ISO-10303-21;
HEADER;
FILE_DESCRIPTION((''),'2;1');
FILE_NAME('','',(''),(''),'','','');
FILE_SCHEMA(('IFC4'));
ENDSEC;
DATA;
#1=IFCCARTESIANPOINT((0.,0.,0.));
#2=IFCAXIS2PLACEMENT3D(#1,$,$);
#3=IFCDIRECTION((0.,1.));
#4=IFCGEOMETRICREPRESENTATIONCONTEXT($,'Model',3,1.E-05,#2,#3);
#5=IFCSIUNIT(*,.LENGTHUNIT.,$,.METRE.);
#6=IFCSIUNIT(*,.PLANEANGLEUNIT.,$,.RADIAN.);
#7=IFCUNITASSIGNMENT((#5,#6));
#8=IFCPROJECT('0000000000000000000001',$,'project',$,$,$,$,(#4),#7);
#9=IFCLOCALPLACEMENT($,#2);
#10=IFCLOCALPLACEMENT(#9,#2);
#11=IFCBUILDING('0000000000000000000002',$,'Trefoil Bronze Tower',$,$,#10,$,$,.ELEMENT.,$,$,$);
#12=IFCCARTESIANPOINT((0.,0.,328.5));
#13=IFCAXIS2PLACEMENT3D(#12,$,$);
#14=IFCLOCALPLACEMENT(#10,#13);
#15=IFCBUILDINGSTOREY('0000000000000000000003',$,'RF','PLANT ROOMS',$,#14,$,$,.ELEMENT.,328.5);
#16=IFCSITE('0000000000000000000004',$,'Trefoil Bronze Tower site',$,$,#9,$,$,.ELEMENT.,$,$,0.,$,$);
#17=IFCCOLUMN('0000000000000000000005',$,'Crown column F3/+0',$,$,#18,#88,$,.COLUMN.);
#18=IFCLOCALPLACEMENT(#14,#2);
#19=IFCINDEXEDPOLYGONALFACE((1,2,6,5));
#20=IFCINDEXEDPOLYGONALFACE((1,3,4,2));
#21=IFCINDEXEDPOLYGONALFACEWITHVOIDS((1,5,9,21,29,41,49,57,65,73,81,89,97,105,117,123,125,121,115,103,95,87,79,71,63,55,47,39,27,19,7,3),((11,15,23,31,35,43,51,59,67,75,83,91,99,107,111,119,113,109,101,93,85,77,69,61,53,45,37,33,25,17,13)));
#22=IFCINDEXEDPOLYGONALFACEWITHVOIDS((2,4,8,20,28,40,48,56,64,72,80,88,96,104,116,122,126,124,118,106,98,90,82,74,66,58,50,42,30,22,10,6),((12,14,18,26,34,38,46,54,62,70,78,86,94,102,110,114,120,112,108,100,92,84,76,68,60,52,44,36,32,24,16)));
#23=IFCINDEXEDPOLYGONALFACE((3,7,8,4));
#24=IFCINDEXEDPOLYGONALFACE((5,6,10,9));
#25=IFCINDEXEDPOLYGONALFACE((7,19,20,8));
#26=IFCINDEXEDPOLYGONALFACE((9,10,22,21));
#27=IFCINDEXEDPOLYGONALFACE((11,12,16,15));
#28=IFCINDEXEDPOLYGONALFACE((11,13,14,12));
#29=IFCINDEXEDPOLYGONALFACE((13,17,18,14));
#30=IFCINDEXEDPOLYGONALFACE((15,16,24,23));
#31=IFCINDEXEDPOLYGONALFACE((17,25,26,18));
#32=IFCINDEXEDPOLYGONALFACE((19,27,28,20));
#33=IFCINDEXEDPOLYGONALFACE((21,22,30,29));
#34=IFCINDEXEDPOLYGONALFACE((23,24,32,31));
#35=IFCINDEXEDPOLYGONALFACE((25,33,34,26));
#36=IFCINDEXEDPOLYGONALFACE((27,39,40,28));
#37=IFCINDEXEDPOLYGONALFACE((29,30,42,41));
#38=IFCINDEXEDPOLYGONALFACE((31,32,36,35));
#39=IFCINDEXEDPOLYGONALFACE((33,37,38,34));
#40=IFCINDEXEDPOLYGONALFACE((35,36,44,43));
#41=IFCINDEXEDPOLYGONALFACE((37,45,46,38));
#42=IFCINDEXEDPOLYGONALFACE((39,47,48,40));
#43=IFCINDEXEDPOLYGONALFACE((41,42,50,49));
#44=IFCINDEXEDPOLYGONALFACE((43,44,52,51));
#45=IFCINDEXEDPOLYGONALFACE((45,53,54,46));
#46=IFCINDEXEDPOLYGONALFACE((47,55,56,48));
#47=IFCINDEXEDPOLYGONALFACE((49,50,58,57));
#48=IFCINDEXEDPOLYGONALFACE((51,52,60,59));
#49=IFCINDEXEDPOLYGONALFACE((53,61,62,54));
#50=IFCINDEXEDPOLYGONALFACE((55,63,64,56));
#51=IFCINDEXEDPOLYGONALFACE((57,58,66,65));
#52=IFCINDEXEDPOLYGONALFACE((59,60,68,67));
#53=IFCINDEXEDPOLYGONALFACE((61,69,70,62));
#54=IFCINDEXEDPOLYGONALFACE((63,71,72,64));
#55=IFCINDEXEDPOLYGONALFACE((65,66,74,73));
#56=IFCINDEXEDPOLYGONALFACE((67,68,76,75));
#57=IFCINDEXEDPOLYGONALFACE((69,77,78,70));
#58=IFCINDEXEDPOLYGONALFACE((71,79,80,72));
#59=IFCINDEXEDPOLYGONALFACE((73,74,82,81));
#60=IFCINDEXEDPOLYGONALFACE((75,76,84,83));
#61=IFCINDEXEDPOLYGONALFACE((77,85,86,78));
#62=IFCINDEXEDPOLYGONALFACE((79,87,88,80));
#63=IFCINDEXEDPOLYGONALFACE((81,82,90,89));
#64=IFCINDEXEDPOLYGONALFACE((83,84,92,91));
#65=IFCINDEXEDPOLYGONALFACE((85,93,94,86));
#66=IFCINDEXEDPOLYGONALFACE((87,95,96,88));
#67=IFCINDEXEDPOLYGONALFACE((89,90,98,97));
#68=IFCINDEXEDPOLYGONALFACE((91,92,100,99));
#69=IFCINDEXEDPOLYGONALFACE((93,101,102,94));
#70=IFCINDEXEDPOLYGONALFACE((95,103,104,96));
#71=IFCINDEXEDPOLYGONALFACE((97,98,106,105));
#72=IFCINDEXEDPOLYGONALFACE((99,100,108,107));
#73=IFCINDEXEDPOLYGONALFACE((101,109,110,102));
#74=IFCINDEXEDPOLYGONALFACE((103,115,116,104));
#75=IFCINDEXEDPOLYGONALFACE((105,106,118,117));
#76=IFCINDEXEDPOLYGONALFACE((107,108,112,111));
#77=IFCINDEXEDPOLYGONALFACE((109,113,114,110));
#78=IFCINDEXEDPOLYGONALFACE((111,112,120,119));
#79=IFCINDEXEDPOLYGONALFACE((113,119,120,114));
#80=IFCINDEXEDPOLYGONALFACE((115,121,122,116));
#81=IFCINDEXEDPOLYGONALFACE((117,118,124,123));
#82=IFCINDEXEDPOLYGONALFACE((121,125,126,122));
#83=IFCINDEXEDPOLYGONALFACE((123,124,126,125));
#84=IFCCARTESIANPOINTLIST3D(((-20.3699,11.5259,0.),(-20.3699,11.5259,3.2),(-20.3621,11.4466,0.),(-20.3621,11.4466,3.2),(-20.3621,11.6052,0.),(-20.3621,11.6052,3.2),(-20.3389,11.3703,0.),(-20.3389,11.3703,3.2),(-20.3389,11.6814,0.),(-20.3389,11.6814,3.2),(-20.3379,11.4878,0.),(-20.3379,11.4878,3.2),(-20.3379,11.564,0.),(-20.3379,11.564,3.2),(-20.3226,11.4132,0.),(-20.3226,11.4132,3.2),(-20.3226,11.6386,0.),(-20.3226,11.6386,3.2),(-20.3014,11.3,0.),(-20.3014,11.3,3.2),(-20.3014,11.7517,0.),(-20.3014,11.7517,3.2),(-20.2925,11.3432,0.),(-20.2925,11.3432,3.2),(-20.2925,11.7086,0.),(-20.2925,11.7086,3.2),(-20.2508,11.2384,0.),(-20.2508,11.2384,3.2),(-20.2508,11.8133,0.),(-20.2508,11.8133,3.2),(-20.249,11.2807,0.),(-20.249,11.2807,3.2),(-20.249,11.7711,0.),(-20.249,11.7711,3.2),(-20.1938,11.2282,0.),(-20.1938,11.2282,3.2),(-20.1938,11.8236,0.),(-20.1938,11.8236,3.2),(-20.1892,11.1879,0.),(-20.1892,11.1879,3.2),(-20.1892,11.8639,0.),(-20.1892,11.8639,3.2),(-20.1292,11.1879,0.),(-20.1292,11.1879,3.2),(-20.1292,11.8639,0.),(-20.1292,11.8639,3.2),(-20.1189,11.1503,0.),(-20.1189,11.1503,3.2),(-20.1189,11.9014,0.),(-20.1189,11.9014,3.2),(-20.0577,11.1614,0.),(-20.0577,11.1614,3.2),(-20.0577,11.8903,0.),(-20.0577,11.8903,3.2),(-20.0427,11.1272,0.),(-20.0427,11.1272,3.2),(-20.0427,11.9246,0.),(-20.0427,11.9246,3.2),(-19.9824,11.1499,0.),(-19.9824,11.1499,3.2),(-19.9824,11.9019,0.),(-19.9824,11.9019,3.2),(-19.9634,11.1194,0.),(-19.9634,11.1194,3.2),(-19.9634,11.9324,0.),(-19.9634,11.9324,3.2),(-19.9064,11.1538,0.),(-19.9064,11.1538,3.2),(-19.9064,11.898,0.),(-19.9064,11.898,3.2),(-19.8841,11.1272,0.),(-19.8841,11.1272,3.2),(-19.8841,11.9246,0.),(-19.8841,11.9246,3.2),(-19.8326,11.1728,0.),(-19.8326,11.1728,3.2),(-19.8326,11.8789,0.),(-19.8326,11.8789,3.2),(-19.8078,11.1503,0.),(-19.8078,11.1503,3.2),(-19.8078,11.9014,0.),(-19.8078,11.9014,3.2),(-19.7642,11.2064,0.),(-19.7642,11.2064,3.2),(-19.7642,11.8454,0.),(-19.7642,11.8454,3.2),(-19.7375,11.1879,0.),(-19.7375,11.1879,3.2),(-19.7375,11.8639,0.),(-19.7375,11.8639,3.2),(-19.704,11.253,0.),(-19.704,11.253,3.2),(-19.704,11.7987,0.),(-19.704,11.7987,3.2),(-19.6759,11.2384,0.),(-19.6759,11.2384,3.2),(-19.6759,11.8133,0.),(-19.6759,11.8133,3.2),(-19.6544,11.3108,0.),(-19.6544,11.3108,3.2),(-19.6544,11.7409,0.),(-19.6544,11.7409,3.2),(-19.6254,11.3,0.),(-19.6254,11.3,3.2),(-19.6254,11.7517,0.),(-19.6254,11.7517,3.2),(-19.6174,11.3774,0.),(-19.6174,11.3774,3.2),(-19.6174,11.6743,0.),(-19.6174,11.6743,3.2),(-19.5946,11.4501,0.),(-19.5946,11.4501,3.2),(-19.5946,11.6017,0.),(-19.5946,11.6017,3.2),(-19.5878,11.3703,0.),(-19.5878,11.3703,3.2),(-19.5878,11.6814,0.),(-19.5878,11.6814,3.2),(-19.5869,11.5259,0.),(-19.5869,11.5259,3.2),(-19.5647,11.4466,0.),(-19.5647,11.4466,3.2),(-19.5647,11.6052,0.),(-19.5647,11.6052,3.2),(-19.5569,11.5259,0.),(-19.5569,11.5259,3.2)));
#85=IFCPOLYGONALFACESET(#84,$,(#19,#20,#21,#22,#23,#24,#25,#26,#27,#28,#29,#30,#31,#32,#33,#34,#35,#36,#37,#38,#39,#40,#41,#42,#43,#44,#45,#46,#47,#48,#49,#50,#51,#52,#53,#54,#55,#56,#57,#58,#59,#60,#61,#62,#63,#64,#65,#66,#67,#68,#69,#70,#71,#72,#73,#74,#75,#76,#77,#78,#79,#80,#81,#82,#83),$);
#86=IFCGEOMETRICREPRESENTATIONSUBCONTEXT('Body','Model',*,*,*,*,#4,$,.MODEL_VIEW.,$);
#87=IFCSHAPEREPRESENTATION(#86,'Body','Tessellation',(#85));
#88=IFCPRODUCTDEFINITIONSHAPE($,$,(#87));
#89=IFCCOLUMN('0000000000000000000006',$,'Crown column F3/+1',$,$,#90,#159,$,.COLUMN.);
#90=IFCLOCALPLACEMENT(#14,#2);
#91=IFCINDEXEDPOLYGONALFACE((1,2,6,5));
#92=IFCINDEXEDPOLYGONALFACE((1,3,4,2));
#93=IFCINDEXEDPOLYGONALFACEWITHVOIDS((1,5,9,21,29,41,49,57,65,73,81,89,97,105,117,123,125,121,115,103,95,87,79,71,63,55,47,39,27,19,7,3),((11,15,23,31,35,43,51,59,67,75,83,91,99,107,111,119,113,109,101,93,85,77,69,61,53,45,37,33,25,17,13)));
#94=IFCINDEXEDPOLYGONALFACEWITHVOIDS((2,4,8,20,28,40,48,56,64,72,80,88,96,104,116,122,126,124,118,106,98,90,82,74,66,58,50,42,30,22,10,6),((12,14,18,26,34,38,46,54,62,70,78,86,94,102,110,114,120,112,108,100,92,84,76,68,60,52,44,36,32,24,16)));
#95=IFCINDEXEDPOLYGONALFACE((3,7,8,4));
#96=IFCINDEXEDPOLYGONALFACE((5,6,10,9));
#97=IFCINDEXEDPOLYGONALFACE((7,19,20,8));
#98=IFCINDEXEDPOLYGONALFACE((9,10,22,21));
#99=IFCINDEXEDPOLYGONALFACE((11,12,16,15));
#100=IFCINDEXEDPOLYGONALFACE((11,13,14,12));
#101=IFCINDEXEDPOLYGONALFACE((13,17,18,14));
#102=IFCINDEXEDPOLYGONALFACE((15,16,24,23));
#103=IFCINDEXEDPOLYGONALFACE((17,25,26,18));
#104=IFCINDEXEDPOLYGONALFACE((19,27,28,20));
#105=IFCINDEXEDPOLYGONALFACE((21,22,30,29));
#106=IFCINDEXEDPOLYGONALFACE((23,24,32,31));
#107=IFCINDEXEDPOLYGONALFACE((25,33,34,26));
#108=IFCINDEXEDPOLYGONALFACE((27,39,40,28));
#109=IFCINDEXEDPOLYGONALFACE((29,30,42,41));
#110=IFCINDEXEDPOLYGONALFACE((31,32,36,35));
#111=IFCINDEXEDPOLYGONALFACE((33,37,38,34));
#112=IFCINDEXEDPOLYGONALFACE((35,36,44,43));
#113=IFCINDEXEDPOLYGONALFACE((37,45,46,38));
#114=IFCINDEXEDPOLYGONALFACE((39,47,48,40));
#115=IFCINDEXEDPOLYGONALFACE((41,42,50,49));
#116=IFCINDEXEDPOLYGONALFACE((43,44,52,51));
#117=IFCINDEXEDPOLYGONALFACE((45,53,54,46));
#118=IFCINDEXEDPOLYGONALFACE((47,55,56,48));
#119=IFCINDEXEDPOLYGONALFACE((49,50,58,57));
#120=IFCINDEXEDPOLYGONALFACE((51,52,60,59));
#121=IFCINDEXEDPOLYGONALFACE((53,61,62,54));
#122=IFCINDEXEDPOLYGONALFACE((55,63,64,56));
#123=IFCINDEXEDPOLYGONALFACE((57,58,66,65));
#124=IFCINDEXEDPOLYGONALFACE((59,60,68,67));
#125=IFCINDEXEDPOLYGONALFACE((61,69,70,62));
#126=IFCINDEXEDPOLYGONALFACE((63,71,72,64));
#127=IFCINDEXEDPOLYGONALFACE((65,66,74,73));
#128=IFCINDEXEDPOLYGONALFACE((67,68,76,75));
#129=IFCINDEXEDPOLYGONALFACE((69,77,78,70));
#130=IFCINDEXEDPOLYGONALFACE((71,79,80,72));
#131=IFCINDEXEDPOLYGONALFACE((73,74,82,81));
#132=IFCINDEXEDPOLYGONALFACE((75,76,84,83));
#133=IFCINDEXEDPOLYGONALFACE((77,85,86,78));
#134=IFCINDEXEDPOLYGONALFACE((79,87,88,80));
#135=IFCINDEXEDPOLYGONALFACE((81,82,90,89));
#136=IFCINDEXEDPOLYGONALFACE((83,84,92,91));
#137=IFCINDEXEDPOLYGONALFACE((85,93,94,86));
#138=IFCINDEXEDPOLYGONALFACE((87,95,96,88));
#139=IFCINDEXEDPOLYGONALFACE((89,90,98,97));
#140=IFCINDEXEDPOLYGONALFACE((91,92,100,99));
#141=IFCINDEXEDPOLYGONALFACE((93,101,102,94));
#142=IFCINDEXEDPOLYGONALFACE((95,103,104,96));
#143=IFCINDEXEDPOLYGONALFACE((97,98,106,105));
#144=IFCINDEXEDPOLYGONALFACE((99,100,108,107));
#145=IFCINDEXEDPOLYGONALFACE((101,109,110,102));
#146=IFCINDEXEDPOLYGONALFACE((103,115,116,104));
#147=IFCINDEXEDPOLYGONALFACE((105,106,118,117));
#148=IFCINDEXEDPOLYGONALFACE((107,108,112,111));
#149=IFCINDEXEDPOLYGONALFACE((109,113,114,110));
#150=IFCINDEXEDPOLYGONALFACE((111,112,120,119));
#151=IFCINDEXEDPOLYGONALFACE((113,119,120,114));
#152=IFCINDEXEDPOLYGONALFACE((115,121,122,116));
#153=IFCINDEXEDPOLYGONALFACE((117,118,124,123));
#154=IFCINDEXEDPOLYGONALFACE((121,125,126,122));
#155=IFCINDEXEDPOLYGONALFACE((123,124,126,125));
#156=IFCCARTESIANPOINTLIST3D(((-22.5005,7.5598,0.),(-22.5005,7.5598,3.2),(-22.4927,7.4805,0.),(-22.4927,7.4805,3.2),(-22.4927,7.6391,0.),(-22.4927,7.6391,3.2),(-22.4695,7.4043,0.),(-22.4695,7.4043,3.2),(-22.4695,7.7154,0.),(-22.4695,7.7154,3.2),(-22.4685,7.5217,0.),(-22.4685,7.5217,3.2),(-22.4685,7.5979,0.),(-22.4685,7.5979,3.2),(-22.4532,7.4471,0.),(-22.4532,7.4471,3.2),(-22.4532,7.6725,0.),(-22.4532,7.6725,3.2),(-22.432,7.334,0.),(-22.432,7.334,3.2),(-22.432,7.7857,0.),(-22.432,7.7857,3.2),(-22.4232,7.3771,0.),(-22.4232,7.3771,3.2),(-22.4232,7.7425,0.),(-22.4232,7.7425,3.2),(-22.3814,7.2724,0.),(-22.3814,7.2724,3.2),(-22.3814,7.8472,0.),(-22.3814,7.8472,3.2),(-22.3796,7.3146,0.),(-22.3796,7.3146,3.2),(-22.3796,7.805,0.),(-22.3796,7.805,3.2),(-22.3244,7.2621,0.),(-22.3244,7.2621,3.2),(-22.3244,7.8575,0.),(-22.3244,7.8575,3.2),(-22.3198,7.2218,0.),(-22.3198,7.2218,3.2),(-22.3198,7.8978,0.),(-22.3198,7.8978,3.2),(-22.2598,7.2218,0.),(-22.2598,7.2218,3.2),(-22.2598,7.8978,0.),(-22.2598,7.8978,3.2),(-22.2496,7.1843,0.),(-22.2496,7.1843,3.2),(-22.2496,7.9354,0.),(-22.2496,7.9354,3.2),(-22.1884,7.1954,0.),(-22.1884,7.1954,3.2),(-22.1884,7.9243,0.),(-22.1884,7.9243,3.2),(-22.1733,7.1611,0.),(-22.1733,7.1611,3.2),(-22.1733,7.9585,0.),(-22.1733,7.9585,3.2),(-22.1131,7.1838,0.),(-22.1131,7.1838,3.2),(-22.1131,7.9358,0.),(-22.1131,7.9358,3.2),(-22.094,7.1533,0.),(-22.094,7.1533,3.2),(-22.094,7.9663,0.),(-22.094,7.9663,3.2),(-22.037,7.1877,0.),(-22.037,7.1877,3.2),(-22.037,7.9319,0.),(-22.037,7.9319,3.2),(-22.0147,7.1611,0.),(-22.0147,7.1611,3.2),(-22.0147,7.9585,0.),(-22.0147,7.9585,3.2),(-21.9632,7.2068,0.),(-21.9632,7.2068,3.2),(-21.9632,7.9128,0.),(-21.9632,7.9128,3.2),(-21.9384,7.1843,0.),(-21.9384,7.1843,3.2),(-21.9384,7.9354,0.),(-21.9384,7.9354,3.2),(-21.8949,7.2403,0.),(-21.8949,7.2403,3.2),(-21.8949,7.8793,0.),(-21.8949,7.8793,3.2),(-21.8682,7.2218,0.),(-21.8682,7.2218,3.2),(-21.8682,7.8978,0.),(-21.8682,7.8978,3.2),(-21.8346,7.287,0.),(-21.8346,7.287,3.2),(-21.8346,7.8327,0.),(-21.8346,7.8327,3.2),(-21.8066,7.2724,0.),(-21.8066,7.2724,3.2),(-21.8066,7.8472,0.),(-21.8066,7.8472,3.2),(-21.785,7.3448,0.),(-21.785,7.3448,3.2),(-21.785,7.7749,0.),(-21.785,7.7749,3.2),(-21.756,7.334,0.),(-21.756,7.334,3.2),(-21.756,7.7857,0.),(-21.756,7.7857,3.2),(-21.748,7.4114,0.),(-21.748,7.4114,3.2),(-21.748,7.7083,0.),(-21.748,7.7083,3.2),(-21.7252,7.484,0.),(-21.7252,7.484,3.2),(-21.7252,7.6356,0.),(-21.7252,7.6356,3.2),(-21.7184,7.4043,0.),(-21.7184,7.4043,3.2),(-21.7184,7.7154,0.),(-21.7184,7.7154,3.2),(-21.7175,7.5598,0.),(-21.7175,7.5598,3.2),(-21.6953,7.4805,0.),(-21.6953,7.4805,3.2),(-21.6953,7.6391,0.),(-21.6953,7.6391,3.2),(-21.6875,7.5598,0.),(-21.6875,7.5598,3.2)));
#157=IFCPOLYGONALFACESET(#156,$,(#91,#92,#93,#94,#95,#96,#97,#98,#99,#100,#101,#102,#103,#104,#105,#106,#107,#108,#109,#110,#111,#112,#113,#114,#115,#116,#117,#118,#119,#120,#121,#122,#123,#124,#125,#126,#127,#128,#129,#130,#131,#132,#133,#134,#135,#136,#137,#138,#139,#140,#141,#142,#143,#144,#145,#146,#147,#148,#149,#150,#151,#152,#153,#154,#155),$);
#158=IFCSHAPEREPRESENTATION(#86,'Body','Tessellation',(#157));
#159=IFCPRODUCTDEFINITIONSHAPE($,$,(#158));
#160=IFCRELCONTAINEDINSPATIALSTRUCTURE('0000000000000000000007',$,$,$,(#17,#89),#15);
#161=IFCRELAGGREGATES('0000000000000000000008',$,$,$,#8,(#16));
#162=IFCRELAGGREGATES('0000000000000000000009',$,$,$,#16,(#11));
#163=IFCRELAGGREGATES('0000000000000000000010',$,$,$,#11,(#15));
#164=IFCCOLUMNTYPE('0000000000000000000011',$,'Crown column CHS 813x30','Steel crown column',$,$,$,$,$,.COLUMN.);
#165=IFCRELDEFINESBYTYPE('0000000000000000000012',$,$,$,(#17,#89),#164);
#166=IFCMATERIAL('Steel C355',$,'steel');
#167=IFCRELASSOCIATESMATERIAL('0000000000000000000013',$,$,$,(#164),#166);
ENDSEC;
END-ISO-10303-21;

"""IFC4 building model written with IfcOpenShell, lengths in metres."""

from ifc_helpers import new_model, si_unit, direction, frame, origin, origin_2d, place, context, subcontext, project, spatial, hollow_circle, extrude, material, material_profile, profile_set, type_object, element, save


model = new_model("IFC4")

# Units and contexts
model_context = context("Model", 3, precision=1e-05, world=origin(), true_north=direction((0.0, 1.0)))
body_context = subcontext(model_context, "Body", "Model", "MODEL_VIEW")
ifc_project = project(units=[si_unit("LENGTHUNIT", "METRE"), si_unit("PLANEANGLEUNIT", "RADIAN")], contexts=[model_context])

# Site, building, storey
site_placement = place(None, origin())
site = spatial("IfcSite", under=ifc_project, at=site_placement, Name="Trefoil Bronze Tower site", CompositionType="ELEMENT", RefElevation=0.0)
building_placement = place(site_placement, origin())
building = spatial("IfcBuilding", under=site, at=building_placement, Name="Trefoil Bronze Tower", CompositionType="ELEMENT")
storey_placement = place(building_placement, frame((0.0, 0.0, 328.5)))
storey = spatial("IfcBuildingStorey", under=building, at=storey_placement, Name="RF", Description="PLANT ROOMS", CompositionType="ELEMENT", Elevation=328.5)

# Columns
ifc_material_1 = material(Name="Steel C355", Category="steel")
ifc_material_profile_1 = material_profile(ifc_material_1, hollow_circle(Radius=0.4065, WallThickness=0.03, at=origin_2d()), Name="CHS 813x30")
ifc_profile_set_1 = profile_set([ifc_material_profile_1], Name="Steel C355")
column_type = type_object("IfcColumnType", Name="Crown column CHS 813x30", Description="Steel crown column", PredefinedType="COLUMN", material=ifc_profile_set_1)
for number, where, z_axis, x_axis, name in (
    (1, (-19.9634, 11.5259, 0.0), (0.0, 0.0, 1.0), (1.0, 0.0, 0.0), "Crown column F3/+0"),
    (2, (-22.094, 7.5598, 0.0), (0.0, 0.0, 1.0), (1.0, 0.0, 0.0), "Crown column F3/+1"),
):
    element("IfcColumn", number, at=place(storey_placement, frame(where, z_axis=z_axis, x_axis=x_axis)), inside=storey, type_object=column_type, Name=name, PredefinedType="COLUMN", context=body_context, shape_type="SweptSolid", body=[
        extrude(hollow_circle(Radius=0.4065, WallThickness=0.03, at=origin_2d()), origin(), (0.0, 0.0, 1.0), 3.2),
    ])

save(model, "model.ifc")
